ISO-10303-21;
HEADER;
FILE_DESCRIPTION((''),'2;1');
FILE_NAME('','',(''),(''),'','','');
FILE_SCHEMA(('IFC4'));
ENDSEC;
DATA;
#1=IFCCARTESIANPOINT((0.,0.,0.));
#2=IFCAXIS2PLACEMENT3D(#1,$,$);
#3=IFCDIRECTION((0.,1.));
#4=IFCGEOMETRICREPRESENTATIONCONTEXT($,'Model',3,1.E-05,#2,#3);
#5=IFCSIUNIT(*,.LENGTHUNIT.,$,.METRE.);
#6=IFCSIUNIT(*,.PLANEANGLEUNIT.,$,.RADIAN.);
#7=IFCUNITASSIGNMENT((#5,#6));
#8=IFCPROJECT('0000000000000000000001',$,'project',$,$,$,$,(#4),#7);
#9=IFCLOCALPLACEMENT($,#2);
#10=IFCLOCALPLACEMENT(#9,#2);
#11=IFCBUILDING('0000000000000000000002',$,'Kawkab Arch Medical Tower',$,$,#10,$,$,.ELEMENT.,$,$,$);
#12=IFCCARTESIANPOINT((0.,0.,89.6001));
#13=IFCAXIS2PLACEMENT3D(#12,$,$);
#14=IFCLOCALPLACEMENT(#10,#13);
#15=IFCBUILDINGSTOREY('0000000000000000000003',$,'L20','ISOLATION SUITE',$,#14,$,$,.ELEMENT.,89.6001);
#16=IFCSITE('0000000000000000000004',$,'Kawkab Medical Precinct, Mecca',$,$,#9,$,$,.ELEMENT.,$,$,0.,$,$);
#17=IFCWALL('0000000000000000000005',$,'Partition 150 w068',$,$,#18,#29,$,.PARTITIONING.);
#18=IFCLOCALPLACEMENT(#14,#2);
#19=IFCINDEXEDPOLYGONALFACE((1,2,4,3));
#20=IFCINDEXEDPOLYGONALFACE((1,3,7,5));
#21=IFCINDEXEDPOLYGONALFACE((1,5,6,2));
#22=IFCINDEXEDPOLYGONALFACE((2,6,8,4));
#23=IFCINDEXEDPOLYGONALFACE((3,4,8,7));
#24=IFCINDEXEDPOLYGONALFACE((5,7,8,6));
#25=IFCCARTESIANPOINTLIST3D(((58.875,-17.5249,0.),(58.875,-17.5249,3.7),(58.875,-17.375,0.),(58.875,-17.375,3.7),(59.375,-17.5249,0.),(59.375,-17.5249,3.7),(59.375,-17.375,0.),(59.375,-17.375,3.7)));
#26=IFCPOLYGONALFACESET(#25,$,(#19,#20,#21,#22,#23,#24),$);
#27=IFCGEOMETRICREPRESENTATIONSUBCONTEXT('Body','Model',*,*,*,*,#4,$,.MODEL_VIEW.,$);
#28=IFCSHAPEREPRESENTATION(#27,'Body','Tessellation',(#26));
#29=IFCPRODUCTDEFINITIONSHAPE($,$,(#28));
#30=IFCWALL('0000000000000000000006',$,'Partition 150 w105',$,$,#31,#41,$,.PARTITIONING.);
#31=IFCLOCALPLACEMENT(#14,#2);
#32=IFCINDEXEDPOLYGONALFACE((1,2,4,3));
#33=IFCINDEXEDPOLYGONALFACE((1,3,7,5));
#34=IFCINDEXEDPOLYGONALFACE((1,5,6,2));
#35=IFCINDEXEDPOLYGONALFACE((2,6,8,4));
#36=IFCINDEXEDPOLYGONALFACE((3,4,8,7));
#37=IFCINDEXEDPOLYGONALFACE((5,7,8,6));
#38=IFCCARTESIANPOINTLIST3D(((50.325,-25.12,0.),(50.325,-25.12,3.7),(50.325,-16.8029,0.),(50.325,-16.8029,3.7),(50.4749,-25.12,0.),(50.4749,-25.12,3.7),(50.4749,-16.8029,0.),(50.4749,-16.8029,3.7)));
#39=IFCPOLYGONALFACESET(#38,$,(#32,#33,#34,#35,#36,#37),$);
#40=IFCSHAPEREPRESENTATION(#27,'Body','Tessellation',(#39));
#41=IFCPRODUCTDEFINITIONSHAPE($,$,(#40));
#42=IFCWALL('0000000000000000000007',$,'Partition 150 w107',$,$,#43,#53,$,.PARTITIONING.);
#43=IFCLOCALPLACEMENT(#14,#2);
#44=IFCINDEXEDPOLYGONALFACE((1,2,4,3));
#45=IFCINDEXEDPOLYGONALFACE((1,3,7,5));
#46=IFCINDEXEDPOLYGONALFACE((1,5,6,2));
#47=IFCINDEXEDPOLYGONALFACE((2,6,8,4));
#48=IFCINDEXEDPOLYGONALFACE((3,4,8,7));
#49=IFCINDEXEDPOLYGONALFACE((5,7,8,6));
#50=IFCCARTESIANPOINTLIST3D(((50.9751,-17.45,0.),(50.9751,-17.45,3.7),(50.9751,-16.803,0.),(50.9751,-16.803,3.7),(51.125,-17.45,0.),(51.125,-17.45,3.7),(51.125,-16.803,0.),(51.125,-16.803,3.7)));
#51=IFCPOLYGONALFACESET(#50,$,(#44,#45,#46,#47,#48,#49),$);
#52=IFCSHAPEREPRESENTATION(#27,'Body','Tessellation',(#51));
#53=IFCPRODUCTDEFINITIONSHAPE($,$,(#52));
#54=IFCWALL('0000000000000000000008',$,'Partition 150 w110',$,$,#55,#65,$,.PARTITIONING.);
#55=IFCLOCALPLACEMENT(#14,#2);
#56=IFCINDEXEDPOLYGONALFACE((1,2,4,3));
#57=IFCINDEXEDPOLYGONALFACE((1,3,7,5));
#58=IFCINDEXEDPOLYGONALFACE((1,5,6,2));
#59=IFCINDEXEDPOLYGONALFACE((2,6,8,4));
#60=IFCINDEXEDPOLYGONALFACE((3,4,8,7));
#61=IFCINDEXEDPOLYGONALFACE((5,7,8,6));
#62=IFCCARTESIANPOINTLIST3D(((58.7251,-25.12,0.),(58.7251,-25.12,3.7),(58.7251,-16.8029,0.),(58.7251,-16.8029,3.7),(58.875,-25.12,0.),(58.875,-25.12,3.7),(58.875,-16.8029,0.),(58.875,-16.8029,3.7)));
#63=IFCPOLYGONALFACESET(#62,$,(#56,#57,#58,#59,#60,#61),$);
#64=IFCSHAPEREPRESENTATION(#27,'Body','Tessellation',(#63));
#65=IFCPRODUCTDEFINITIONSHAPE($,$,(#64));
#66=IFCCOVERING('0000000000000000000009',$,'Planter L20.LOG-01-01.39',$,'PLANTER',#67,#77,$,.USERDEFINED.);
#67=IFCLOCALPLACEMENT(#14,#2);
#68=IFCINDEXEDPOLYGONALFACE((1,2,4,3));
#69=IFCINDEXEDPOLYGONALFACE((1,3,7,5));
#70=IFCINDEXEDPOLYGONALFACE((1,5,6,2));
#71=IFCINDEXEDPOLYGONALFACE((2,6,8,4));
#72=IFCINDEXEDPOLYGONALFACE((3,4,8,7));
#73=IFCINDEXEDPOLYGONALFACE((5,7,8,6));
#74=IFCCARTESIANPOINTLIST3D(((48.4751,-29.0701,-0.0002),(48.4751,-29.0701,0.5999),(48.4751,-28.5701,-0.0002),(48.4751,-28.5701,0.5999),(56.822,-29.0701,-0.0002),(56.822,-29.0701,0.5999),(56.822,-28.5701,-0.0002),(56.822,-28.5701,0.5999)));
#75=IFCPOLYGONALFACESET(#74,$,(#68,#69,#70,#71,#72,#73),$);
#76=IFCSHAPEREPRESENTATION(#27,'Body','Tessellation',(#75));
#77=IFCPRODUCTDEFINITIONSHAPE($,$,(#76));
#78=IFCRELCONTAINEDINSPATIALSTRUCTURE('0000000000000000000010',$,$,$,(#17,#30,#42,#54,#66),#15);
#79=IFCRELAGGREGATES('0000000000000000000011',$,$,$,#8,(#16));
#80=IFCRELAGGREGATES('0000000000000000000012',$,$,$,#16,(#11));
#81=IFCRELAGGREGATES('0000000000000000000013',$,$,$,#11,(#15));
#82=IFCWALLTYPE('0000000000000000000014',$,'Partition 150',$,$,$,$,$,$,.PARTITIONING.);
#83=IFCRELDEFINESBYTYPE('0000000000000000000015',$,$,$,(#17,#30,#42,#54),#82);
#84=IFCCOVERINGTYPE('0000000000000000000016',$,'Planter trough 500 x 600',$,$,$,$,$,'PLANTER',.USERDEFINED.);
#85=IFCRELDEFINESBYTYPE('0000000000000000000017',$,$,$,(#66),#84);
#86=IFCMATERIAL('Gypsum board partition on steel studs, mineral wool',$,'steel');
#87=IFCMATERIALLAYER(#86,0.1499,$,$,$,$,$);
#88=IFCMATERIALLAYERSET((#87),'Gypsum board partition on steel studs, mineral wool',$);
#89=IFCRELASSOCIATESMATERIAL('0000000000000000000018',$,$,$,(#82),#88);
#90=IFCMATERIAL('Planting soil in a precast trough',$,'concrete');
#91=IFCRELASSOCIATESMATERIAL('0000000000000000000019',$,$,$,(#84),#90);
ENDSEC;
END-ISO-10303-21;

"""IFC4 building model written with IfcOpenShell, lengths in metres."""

from ifc_helpers import new_model, si_unit, direction, frame, frame_2d, origin, origin_2d, place, context, subcontext, project, spatial, rectangle, extrude, material, layer, layer_set, material_profile, profile_set, type_object, element, save


model = new_model("IFC4")

# Units and contexts
model_context = context("Model", 3, precision=1e-05, world=origin(), true_north=direction((0.0, 1.0)))
body_context = subcontext(model_context, "Body", "Model", "MODEL_VIEW")
ifc_project = project(units=[si_unit("LENGTHUNIT", "METRE"), si_unit("PLANEANGLEUNIT", "RADIAN")], contexts=[model_context])

# Site, building, storey
site_placement = place(None, origin())
site = spatial("IfcSite", under=ifc_project, at=site_placement, Name="Kawkab Medical Precinct, Mecca", CompositionType="ELEMENT", RefElevation=0.0)
building_placement = place(site_placement, origin())
building = spatial("IfcBuilding", under=site, at=building_placement, Name="Kawkab Arch Medical Tower", CompositionType="ELEMENT")
storey_placement = place(building_placement, frame((0.0, 0.0, 89.6001)))
storey = spatial("IfcBuildingStorey", under=building, at=storey_placement, Name="L20", Description="ISOLATION SUITE", CompositionType="ELEMENT", Elevation=89.6001)

# Walls
ifc_material_1 = material(Name="Gypsum board partition on steel studs, mineral wool", Category="steel")
ifc_layer_1 = layer(ifc_material_1, 0.1499)
ifc_layer_set_1 = layer_set([ifc_layer_1], Name="Gypsum board partition on steel studs, mineral wool")
wall_type_1 = type_object("IfcWallType", Name="Partition 150", PredefinedType="PARTITIONING", material=ifc_layer_set_1)
for number, where, z_axis, x_axis, name in (
    (1, (58.875, -17.45, 0.0), (0.0, 0.0, 1.0), (1.0, 0.0, 0.0), "Partition 150 w068"),
):
    element("IfcWall", number, at=place(storey_placement, frame(where, z_axis=z_axis, x_axis=x_axis)), inside=storey, type_object=wall_type_1, Name=name, PredefinedType="PARTITIONING", context=body_context, shape_type="SweptSolid", body=[
        extrude(rectangle(XDim=0.5, YDim=0.1499, at=frame_2d((0.25, 0.0))), origin(), (0.0, 0.0, 1.0), 3.7),
    ])
wall_1_placement = place(storey_placement, frame((50.3999, -25.1201, 0.0), z_axis=(0.0, 0.0, 1.0), x_axis=(0.0, 1.0, 0.0)))
element("IfcWall", 2, at=wall_1_placement, inside=storey, type_object=wall_type_1, Name="Partition 150 w105", PredefinedType="PARTITIONING", context=body_context, shape_type="SweptSolid", body=[
    extrude(rectangle(XDim=8.3171, YDim=0.1499, at=frame_2d((4.1587, 0.0))), origin(), (0.0, 0.0, 1.0), 3.7),
])
wall_2_placement = place(storey_placement, frame((51.05, -17.45, 0.0), z_axis=(0.0, 0.0, 1.0), x_axis=(0.0, 1.0, 0.0)))
element("IfcWall", 3, at=wall_2_placement, inside=storey, type_object=wall_type_1, Name="Partition 150 w107", PredefinedType="PARTITIONING", context=body_context, shape_type="SweptSolid", body=[
    extrude(rectangle(XDim=0.647, YDim=0.1499, at=frame_2d((0.3235, 0.0))), origin(), (0.0, 0.0, 1.0), 3.7),
])
wall_3_placement = place(storey_placement, frame((58.8, -25.1201, 0.0), z_axis=(0.0, 0.0, 1.0), x_axis=(0.0, 1.0, 0.0)))
element("IfcWall", 4, at=wall_3_placement, inside=storey, type_object=wall_type_1, Name="Partition 150 w110", PredefinedType="PARTITIONING", context=body_context, shape_type="SweptSolid", body=[
    extrude(rectangle(XDim=8.3171, YDim=0.1499, at=frame_2d((4.1587, 0.0))), origin(), (0.0, 0.0, 1.0), 3.7),
])

# Covering
ifc_material_2 = material(Name="Planting soil in a precast trough", Category="concrete")
ifc_material_profile_1 = material_profile(ifc_material_2, rectangle(XDim=0.5, YDim=0.6001, at=origin_2d()), Name="Trough 500x600")
ifc_profile_set_1 = profile_set([ifc_material_profile_1], Name="Planting soil in a precast trough")
covering_type = type_object("IfcCoveringType", Name="Planter trough 500 x 600", ElementType="PLANTER", PredefinedType="USERDEFINED", material=ifc_profile_set_1)
covering_placement = place(storey_placement, frame((56.822, -28.8201, 0.2998), z_axis=(-1.0, 0.0, 0.0), x_axis=(0.0, -1.0, 0.0)))
element("IfcCovering", 5, at=covering_placement, inside=storey, type_object=covering_type, Name="Planter L20.LOG-01-01.39", ObjectType="PLANTER", PredefinedType="USERDEFINED", context=body_context, shape_type="SweptSolid", body=[
    extrude(rectangle(XDim=0.5, YDim=0.6001, at=origin_2d()), origin(), (0.0, 0.0, 1.0), 8.3469),
])

save(model, "model.ifc")
